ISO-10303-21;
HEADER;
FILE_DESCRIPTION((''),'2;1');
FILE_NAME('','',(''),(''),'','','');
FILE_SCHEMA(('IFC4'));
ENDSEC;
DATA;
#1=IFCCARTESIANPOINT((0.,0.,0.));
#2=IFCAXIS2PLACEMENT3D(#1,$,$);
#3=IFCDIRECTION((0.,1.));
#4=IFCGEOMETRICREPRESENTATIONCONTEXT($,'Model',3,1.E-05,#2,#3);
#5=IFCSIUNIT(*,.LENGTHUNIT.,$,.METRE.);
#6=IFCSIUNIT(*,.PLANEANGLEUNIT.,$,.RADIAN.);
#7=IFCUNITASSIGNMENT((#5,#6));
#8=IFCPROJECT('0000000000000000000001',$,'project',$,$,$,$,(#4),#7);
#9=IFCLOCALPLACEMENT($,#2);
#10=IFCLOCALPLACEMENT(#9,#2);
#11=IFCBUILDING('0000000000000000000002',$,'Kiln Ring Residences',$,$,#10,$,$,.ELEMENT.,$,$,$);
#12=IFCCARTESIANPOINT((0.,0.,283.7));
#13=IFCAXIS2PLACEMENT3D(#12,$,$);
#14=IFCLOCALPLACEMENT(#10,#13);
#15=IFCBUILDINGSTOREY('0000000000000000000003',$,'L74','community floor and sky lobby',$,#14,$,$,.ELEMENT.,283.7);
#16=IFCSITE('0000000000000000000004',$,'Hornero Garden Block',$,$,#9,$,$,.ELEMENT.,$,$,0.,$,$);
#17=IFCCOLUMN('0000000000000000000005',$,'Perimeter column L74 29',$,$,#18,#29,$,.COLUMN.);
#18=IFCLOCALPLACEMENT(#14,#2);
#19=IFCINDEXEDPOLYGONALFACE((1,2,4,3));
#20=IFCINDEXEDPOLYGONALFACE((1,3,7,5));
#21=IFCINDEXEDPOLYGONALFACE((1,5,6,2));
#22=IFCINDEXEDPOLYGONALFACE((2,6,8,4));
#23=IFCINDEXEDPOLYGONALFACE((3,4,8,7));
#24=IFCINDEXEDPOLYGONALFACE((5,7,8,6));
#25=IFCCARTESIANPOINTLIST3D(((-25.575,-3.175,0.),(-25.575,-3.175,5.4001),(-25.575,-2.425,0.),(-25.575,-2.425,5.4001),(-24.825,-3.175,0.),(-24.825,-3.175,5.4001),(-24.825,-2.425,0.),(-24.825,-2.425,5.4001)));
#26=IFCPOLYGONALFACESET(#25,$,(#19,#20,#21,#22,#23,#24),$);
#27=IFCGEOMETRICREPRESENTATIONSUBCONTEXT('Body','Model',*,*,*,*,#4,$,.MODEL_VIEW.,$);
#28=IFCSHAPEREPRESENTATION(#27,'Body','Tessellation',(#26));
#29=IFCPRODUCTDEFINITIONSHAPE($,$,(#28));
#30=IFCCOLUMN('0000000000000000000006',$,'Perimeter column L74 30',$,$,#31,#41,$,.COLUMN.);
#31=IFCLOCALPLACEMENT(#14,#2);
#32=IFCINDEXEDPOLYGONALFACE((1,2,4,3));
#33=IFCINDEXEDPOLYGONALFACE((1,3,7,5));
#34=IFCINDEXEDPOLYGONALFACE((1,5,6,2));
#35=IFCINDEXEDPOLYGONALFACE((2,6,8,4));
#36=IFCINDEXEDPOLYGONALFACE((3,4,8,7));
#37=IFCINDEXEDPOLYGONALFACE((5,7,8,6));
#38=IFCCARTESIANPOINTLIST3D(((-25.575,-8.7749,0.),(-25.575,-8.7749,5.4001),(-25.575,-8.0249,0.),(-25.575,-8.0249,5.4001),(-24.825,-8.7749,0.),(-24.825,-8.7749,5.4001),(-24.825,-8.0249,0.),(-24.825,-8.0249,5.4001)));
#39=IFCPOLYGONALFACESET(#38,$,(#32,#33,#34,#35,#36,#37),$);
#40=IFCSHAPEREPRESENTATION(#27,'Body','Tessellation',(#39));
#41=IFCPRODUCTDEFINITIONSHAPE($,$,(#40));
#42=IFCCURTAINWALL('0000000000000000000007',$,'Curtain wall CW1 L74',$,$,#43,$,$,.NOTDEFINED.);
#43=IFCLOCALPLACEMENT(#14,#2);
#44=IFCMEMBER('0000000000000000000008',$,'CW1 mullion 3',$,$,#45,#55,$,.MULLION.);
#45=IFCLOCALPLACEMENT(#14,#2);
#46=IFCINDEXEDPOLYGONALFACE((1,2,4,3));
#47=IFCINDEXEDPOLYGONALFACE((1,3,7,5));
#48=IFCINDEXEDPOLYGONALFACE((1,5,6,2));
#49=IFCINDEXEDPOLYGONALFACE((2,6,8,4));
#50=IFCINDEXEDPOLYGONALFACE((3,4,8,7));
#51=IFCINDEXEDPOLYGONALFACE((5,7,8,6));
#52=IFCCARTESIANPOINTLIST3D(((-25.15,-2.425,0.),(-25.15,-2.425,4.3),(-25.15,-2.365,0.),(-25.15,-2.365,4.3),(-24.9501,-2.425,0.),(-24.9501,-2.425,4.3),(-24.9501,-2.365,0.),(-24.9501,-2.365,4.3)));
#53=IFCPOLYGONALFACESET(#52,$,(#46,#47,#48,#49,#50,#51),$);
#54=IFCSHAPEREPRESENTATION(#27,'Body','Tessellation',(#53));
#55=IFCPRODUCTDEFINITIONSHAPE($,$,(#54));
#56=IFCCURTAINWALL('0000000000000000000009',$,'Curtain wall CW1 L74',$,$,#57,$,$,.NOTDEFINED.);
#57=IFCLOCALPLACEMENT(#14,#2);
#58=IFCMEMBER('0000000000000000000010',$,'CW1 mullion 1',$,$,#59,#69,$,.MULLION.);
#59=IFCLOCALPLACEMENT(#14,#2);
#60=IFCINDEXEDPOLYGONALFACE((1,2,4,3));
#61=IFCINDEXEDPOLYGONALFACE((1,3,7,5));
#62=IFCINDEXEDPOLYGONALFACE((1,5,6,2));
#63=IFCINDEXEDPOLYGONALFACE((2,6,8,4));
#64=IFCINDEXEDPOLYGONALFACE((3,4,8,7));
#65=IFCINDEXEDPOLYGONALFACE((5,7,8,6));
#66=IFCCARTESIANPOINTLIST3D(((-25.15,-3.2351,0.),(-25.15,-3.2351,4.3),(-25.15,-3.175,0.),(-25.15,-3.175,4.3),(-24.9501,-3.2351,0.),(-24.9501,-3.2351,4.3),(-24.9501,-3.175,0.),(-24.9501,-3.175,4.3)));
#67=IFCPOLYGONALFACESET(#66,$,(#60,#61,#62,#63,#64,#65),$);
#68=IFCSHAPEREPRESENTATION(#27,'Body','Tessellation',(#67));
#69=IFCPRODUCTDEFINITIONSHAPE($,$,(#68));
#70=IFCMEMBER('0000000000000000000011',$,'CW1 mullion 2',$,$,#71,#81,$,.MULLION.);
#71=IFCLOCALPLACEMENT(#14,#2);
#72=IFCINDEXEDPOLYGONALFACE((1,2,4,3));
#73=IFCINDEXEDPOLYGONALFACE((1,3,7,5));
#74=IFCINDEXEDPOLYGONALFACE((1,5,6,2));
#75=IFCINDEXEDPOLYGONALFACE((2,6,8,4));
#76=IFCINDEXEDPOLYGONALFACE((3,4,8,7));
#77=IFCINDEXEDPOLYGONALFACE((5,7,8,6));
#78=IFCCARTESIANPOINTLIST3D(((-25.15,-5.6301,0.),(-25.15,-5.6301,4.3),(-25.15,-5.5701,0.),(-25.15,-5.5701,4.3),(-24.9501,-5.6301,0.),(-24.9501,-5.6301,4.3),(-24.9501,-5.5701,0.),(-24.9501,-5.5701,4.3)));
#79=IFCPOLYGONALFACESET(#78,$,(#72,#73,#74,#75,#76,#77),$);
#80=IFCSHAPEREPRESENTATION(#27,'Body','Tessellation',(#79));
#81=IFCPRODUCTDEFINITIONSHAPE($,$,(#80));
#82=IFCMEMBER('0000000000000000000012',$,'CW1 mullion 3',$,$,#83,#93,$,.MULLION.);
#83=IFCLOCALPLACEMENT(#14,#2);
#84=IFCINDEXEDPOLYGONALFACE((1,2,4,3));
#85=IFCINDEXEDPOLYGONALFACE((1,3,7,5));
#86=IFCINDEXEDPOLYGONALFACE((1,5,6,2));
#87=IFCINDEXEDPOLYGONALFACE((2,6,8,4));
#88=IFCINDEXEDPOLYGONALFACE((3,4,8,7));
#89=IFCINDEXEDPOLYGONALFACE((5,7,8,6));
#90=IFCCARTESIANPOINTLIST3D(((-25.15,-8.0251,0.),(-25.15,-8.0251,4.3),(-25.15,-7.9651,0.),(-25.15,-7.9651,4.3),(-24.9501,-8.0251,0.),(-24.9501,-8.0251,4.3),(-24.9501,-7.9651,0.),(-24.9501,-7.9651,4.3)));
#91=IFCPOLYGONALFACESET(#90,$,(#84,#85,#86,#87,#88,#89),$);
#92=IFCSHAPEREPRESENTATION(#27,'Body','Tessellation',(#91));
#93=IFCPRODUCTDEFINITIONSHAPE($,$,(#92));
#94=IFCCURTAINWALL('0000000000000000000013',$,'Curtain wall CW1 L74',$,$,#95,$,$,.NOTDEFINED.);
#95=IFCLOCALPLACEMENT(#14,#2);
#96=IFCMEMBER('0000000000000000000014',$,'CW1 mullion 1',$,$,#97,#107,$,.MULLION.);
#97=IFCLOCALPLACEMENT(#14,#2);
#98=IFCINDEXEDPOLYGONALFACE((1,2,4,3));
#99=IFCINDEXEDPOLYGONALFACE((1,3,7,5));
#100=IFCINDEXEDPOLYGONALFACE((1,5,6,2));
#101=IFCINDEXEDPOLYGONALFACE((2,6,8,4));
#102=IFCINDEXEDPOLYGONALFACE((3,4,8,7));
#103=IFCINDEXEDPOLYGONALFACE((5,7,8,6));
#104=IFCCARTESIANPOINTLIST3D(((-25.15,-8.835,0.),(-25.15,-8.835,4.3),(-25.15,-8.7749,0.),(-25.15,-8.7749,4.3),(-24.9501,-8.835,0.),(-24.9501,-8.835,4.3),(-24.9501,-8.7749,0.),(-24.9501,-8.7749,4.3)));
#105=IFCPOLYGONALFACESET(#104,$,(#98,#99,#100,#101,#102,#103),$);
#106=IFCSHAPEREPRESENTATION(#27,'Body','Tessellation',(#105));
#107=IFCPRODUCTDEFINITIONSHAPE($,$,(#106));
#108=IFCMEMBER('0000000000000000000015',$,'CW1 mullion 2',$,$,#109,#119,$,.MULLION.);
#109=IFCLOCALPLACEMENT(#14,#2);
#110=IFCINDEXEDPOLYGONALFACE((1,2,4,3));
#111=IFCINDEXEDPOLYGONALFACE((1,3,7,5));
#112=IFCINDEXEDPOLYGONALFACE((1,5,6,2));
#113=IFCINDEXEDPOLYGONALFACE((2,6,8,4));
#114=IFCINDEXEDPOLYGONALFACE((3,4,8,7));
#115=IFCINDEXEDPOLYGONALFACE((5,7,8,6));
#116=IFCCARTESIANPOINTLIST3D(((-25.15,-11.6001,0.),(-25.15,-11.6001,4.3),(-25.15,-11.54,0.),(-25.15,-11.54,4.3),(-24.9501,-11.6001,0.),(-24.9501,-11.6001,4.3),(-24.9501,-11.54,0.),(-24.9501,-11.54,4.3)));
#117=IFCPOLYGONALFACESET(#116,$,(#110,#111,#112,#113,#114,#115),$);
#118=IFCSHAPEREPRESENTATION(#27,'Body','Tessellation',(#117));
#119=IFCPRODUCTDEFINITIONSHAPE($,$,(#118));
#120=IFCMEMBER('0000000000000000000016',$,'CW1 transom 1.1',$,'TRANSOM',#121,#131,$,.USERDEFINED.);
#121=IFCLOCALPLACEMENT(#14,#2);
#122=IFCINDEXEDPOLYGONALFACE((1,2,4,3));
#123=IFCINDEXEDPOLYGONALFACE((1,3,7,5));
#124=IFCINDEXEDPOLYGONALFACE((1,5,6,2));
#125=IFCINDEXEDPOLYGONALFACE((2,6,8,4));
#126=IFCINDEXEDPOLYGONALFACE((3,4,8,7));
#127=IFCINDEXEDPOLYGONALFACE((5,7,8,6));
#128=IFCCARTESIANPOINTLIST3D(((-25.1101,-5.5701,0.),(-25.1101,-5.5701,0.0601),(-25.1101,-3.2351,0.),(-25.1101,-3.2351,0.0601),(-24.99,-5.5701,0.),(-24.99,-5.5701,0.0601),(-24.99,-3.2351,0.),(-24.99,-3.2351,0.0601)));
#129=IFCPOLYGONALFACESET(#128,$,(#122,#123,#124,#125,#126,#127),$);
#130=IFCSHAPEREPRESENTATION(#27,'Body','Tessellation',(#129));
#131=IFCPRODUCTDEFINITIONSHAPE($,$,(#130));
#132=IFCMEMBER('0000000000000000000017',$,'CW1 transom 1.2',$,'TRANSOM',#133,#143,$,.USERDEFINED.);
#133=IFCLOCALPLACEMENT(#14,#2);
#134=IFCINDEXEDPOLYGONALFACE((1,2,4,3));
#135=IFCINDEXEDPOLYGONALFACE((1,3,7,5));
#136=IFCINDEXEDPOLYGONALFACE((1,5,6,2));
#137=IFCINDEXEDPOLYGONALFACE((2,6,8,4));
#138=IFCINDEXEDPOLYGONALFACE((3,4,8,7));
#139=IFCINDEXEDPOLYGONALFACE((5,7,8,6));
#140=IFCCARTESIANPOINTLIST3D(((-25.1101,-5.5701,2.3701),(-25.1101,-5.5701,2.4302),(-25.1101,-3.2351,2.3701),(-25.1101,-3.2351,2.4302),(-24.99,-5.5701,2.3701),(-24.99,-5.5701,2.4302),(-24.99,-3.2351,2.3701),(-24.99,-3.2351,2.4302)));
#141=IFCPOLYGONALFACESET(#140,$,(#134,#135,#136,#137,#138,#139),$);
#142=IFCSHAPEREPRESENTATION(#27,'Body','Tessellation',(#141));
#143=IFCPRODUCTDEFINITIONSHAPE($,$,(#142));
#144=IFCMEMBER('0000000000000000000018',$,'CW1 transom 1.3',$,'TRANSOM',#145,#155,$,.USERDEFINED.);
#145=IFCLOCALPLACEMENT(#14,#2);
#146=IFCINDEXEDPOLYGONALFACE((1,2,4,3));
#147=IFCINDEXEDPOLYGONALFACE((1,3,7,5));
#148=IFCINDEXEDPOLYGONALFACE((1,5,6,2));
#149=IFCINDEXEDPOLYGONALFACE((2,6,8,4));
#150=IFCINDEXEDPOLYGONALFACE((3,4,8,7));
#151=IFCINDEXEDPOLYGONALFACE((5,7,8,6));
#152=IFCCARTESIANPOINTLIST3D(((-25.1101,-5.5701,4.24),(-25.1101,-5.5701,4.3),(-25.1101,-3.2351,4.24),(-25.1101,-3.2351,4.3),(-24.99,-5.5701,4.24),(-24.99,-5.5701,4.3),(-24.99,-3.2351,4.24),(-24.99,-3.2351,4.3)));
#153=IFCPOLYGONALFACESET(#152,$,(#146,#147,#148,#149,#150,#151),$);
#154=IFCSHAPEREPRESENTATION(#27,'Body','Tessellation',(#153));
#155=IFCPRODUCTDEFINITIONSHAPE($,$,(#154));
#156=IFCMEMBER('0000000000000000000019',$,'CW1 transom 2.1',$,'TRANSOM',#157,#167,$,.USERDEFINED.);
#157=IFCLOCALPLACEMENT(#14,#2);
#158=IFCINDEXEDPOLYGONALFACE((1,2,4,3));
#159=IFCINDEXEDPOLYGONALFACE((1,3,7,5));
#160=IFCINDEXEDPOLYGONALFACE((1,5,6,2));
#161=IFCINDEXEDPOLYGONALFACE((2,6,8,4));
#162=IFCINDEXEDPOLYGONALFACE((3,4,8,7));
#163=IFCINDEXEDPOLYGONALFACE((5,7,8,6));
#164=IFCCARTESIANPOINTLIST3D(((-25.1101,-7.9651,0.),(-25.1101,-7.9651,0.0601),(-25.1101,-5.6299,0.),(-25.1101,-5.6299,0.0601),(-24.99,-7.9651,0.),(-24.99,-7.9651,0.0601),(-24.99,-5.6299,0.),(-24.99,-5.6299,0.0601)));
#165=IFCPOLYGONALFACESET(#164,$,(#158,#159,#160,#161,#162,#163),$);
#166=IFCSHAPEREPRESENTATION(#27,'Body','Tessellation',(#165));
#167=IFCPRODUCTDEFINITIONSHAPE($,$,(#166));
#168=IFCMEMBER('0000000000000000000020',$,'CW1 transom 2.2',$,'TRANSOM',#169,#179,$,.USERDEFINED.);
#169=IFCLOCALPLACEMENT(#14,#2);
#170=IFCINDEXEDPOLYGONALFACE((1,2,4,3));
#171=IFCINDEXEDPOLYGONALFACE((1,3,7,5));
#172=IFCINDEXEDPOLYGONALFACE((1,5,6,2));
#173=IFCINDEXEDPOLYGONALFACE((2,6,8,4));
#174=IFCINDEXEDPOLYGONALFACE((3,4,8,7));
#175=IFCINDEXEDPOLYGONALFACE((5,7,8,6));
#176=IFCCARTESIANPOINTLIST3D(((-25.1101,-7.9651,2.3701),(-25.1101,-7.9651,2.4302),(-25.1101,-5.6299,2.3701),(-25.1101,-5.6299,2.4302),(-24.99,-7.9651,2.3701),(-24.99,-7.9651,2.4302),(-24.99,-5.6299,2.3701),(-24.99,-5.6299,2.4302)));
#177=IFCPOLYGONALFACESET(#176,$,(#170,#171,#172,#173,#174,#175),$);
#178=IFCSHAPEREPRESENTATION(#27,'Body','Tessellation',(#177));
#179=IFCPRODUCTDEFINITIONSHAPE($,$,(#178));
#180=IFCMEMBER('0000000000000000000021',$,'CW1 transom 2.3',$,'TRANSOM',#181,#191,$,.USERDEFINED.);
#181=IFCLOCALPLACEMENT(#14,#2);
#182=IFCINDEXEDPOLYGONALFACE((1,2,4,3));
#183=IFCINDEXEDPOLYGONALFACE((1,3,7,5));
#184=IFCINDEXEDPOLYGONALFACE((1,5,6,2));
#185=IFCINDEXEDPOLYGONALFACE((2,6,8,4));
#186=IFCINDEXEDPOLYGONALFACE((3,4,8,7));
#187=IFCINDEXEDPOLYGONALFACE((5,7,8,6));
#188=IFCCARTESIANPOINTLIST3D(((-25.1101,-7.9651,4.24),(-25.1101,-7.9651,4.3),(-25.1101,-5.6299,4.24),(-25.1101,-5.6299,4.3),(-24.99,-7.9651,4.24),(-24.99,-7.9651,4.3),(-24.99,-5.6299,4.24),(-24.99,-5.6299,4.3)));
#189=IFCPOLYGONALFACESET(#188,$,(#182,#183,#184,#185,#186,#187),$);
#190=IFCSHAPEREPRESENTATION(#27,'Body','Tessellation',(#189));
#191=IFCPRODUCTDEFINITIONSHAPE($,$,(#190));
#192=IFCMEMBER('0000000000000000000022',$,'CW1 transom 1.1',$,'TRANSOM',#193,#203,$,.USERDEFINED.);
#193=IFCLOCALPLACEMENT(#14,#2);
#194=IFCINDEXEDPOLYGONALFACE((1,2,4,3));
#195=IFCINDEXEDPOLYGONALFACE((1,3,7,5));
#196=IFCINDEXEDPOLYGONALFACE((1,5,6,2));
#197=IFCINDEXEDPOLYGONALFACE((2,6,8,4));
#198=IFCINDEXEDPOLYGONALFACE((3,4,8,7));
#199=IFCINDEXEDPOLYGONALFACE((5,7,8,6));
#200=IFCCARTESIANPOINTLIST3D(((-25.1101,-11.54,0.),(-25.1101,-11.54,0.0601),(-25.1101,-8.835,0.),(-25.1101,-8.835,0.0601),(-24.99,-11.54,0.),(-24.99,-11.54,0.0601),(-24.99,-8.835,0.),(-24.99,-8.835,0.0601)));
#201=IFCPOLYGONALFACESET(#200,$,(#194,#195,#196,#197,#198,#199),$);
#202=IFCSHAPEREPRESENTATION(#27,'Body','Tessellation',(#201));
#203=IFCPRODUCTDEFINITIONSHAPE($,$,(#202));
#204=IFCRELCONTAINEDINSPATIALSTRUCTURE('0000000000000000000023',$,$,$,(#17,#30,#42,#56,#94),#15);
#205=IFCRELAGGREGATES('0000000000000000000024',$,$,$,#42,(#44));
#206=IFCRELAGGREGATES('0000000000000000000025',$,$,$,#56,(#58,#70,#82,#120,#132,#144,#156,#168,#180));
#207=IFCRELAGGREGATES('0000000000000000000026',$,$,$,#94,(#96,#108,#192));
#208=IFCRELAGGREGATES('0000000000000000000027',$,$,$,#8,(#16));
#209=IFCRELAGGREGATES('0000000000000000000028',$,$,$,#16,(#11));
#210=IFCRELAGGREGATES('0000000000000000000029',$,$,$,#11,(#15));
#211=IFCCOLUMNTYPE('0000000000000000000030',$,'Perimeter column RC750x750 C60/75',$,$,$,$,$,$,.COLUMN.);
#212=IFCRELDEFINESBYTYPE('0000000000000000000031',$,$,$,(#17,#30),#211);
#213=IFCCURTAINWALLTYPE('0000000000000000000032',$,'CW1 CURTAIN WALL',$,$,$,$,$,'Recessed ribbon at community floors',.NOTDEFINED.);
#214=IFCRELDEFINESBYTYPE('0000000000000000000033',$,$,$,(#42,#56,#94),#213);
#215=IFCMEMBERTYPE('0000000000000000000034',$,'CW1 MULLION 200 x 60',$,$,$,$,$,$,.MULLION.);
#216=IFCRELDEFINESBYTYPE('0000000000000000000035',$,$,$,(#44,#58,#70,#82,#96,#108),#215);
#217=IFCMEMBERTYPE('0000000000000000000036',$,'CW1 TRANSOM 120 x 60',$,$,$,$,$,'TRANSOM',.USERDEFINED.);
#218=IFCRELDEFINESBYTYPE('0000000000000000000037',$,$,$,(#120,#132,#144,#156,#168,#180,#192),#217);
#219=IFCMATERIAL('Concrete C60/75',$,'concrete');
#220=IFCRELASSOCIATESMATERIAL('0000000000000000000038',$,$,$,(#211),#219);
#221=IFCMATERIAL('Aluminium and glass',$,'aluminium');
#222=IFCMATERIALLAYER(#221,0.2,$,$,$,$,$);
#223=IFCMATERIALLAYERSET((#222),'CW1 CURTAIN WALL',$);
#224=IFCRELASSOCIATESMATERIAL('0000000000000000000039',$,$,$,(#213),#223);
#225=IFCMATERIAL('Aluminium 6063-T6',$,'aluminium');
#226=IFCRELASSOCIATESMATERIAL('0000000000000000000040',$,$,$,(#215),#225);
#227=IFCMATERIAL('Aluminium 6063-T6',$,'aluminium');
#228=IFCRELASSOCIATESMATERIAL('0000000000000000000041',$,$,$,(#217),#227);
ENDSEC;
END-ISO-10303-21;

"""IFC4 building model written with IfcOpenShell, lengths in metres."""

from ifc_helpers import new_model, si_unit, direction, frame, origin, origin_2d, place, context, subcontext, project, spatial, rectangle, extrude, material, layer, layer_set, material_profile, profile_set, type_object, element, aggregate, save


model = new_model("IFC4")

# Units and contexts
model_context = context("Model", 3, precision=1e-05, world=origin(), true_north=direction((0.0, 1.0)))
body_context = subcontext(model_context, "Body", "Model", "MODEL_VIEW")
ifc_project = project(units=[si_unit("LENGTHUNIT", "METRE"), si_unit("PLANEANGLEUNIT", "RADIAN")], contexts=[model_context])

# Site, building, storey
site_placement = place(None, origin())
site = spatial("IfcSite", under=ifc_project, at=site_placement, Name="Hornero Garden Block", CompositionType="ELEMENT", RefElevation=0.0)
building_placement = place(site_placement, origin())
building = spatial("IfcBuilding", under=site, at=building_placement, Name="Kiln Ring Residences", CompositionType="ELEMENT")
storey_placement = place(building_placement, frame((0.0, 0.0, 283.7)))
storey = spatial("IfcBuildingStorey", under=building, at=storey_placement, Name="L74", Description="community floor and sky lobby", CompositionType="ELEMENT", Elevation=283.7)

# Columns
ifc_material_1 = material(Name="Concrete C60/75", Category="concrete")
ifc_material_profile_1 = material_profile(ifc_material_1, rectangle(XDim=0.75, YDim=0.75, at=origin_2d()), Name="RC750x750")
ifc_profile_set_1 = profile_set([ifc_material_profile_1], Name="Concrete C60/75")
column_type = type_object("IfcColumnType", Name="Perimeter column RC750x750 C60/75", PredefinedType="COLUMN", material=ifc_profile_set_1)
for number, where, z_axis, x_axis, name in (
    (1, (-25.2, -2.8, 0.0), (0.0, 0.0, 1.0), (1.0, 0.0, 0.0), "Perimeter column L74 29"),
    (2, (-25.2, -8.3999, 0.0), (0.0, 0.0, 1.0), (1.0, 0.0, 0.0), "Perimeter column L74 30"),
):
    element("IfcColumn", number, at=place(storey_placement, frame(where, z_axis=z_axis, x_axis=x_axis)), inside=storey, type_object=column_type, Name=name, PredefinedType="COLUMN", context=body_context, shape_type="SweptSolid", body=[
        extrude(rectangle(XDim=0.75, YDim=0.75, at=origin_2d()), origin(), (0.0, 0.0, 1.0), 5.4001),
    ])

# Curtain wall, member
ifc_material_2 = material(Name="Aluminium and glass", Category="aluminium")
ifc_layer_1 = layer(ifc_material_2, 0.2)
ifc_layer_set_1 = layer_set([ifc_layer_1], Name="CW1 CURTAIN WALL")
curtain_wall_type = type_object("IfcCurtainWallType", Name="CW1 CURTAIN WALL", ElementType="Recessed ribbon at community floors", PredefinedType="NOTDEFINED", material=ifc_layer_set_1)
placement = place(storey_placement, origin())
curtain_wall_1 = element("IfcCurtainWall", 3, at=placement, inside=storey, type_object=curtain_wall_type, Name="Curtain wall CW1 L74", PredefinedType="NOTDEFINED")
ifc_material_3 = material(Name="Aluminium 6063-T6", Category="aluminium")
ifc_material_profile_2 = material_profile(ifc_material_3, rectangle(XDim=0.2, YDim=0.0601, at=origin_2d()), Name="AL 200x60")
ifc_profile_set_2 = profile_set([ifc_material_profile_2], Name="Aluminium 6063-T6")
member_type_1 = type_object("IfcMemberType", Name="CW1 MULLION 200 x 60", PredefinedType="MULLION", material=ifc_profile_set_2)
member_1_placement = place(storey_placement, frame((-25.05, -2.395, 0.0), z_axis=(0.0, 0.0, 1.0), x_axis=(1.0, 0.0, 0.0)))
member_1 = element("IfcMember", 4, at=member_1_placement, type_object=member_type_1, Name="CW1 mullion 3", PredefinedType="MULLION", context=body_context, shape_type="SweptSolid", body=[
    extrude(rectangle(XDim=0.2, YDim=0.0601, at=origin_2d()), origin(), (0.0, 0.0, 1.0), 4.3),
])
aggregate(curtain_wall_1, [member_1])

# Curtain walls, members
curtain_wall_2 = element("IfcCurtainWall", 5, at=placement, inside=storey, type_object=curtain_wall_type, Name="Curtain wall CW1 L74", PredefinedType="NOTDEFINED")
member_2_placement = place(storey_placement, frame((-25.05, -3.2051, 0.0), z_axis=(0.0, 0.0, 1.0), x_axis=(1.0, 0.0, 0.0)))
member_2 = element("IfcMember", 6, at=member_2_placement, type_object=member_type_1, Name="CW1 mullion 1", PredefinedType="MULLION", context=body_context, shape_type="SweptSolid", body=[
    extrude(rectangle(XDim=0.2, YDim=0.0601, at=origin_2d()), origin(), (0.0, 0.0, 1.0), 4.3),
])
member_3_placement = place(storey_placement, frame((-25.05, -5.6001, 0.0), z_axis=(0.0, 0.0, 1.0), x_axis=(1.0, 0.0, 0.0)))
member_3 = element("IfcMember", 7, at=member_3_placement, type_object=member_type_1, Name="CW1 mullion 2", PredefinedType="MULLION", context=body_context, shape_type="SweptSolid", body=[
    extrude(rectangle(XDim=0.2, YDim=0.0601, at=origin_2d()), origin(), (0.0, 0.0, 1.0), 4.3),
])
member_4_placement = place(storey_placement, frame((-25.05, -7.9951, 0.0), z_axis=(0.0, 0.0, 1.0), x_axis=(1.0, 0.0, 0.0)))
member_4 = element("IfcMember", 8, at=member_4_placement, type_object=member_type_1, Name="CW1 mullion 3", PredefinedType="MULLION", context=body_context, shape_type="SweptSolid", body=[
    extrude(rectangle(XDim=0.2, YDim=0.0601, at=origin_2d()), origin(), (0.0, 0.0, 1.0), 4.3),
])
curtain_wall_3 = element("IfcCurtainWall", 9, at=placement, inside=storey, type_object=curtain_wall_type, Name="Curtain wall CW1 L74", PredefinedType="NOTDEFINED")
member_5_placement = place(storey_placement, frame((-25.05, -8.8049, 0.0), z_axis=(0.0, 0.0, 1.0), x_axis=(1.0, 0.0, 0.0)))
member_5 = element("IfcMember", 10, at=member_5_placement, type_object=member_type_1, Name="CW1 mullion 1", PredefinedType="MULLION", context=body_context, shape_type="SweptSolid", body=[
    extrude(rectangle(XDim=0.2, YDim=0.0601, at=origin_2d()), origin(), (0.0, 0.0, 1.0), 4.3),
])
member_6_placement = place(storey_placement, frame((-25.05, -11.5701, 0.0), z_axis=(0.0, 0.0, 1.0), x_axis=(1.0, 0.0, 0.0)))
member_6 = element("IfcMember", 11, at=member_6_placement, type_object=member_type_1, Name="CW1 mullion 2", PredefinedType="MULLION", context=body_context, shape_type="SweptSolid", body=[
    extrude(rectangle(XDim=0.2, YDim=0.0601, at=origin_2d()), origin(), (0.0, 0.0, 1.0), 4.3),
])

# Members
ifc_material_4 = material(Name="Aluminium 6063-T6", Category="aluminium")
ifc_material_profile_3 = material_profile(ifc_material_4, rectangle(XDim=0.1201, YDim=0.0601, at=origin_2d()), Name="AL 120x60")
ifc_profile_set_3 = profile_set([ifc_material_profile_3], Name="Aluminium 6063-T6")
member_type_2 = type_object("IfcMemberType", Name="CW1 TRANSOM 120 x 60", ElementType="TRANSOM", PredefinedType="USERDEFINED", material=ifc_profile_set_3)
member_7_placement = place(storey_placement, frame((-25.05, -3.2351, 0.03), z_axis=(0.0, -1.0, 0.0), x_axis=(1.0, 0.0, 0.0)))
member_7 = element("IfcMember", 12, at=member_7_placement, type_object=member_type_2, Name="CW1 transom 1.1", ObjectType="TRANSOM", PredefinedType="USERDEFINED", context=body_context, shape_type="SweptSolid", body=[
    extrude(rectangle(XDim=0.1201, YDim=0.0601, at=origin_2d()), origin(), (0.0, 0.0, 1.0), 2.335),
])
member_8_placement = place(storey_placement, frame((-25.05, -3.2351, 2.4001), z_axis=(0.0, -1.0, 0.0), x_axis=(1.0, 0.0, 0.0)))
member_8 = element("IfcMember", 13, at=member_8_placement, type_object=member_type_2, Name="CW1 transom 1.2", ObjectType="TRANSOM", PredefinedType="USERDEFINED", context=body_context, shape_type="SweptSolid", body=[
    extrude(rectangle(XDim=0.1201, YDim=0.0601, at=origin_2d()), origin(), (0.0, 0.0, 1.0), 2.335),
])
member_9_placement = place(storey_placement, frame((-25.05, -3.2351, 4.27), z_axis=(0.0, -1.0, 0.0), x_axis=(1.0, 0.0, 0.0)))
member_9 = element("IfcMember", 14, at=member_9_placement, type_object=member_type_2, Name="CW1 transom 1.3", ObjectType="TRANSOM", PredefinedType="USERDEFINED", context=body_context, shape_type="SweptSolid", body=[
    extrude(rectangle(XDim=0.1201, YDim=0.0601, at=origin_2d()), origin(), (0.0, 0.0, 1.0), 2.335),
])
member_10_placement = place(storey_placement, frame((-25.05, -5.6299, 0.03), z_axis=(0.0, -1.0, 0.0), x_axis=(1.0, 0.0, 0.0)))
member_10 = element("IfcMember", 15, at=member_10_placement, type_object=member_type_2, Name="CW1 transom 2.1", ObjectType="TRANSOM", PredefinedType="USERDEFINED", context=body_context, shape_type="SweptSolid", body=[
    extrude(rectangle(XDim=0.1201, YDim=0.0601, at=origin_2d()), origin(), (0.0, 0.0, 1.0), 2.3352),
])
member_11_placement = place(storey_placement, frame((-25.05, -5.6299, 2.4001), z_axis=(0.0, -1.0, 0.0), x_axis=(1.0, 0.0, 0.0)))
member_11 = element("IfcMember", 16, at=member_11_placement, type_object=member_type_2, Name="CW1 transom 2.2", ObjectType="TRANSOM", PredefinedType="USERDEFINED", context=body_context, shape_type="SweptSolid", body=[
    extrude(rectangle(XDim=0.1201, YDim=0.0601, at=origin_2d()), origin(), (0.0, 0.0, 1.0), 2.3352),
])
member_12_placement = place(storey_placement, frame((-25.05, -5.6299, 4.27), z_axis=(0.0, -1.0, 0.0), x_axis=(1.0, 0.0, 0.0)))
member_12 = element("IfcMember", 17, at=member_12_placement, type_object=member_type_2, Name="CW1 transom 2.3", ObjectType="TRANSOM", PredefinedType="USERDEFINED", context=body_context, shape_type="SweptSolid", body=[
    extrude(rectangle(XDim=0.1201, YDim=0.0601, at=origin_2d()), origin(), (0.0, 0.0, 1.0), 2.3352),
])
member_13_placement = place(storey_placement, frame((-25.05, -8.835, 0.03), z_axis=(0.0, -1.0, 0.0), x_axis=(1.0, 0.0, 0.0)))
member_13 = element("IfcMember", 18, at=member_13_placement, type_object=member_type_2, Name="CW1 transom 1.1", ObjectType="TRANSOM", PredefinedType="USERDEFINED", context=body_context, shape_type="SweptSolid", body=[
    extrude(rectangle(XDim=0.1201, YDim=0.0601, at=origin_2d()), origin(), (0.0, 0.0, 1.0), 2.7051),
])

aggregate(curtain_wall_2, [member_2, member_3, member_4, member_7, member_8, member_9, member_10, member_11, member_12])
aggregate(curtain_wall_3, [member_5, member_6, member_13])

save(model, "model.ifc")
